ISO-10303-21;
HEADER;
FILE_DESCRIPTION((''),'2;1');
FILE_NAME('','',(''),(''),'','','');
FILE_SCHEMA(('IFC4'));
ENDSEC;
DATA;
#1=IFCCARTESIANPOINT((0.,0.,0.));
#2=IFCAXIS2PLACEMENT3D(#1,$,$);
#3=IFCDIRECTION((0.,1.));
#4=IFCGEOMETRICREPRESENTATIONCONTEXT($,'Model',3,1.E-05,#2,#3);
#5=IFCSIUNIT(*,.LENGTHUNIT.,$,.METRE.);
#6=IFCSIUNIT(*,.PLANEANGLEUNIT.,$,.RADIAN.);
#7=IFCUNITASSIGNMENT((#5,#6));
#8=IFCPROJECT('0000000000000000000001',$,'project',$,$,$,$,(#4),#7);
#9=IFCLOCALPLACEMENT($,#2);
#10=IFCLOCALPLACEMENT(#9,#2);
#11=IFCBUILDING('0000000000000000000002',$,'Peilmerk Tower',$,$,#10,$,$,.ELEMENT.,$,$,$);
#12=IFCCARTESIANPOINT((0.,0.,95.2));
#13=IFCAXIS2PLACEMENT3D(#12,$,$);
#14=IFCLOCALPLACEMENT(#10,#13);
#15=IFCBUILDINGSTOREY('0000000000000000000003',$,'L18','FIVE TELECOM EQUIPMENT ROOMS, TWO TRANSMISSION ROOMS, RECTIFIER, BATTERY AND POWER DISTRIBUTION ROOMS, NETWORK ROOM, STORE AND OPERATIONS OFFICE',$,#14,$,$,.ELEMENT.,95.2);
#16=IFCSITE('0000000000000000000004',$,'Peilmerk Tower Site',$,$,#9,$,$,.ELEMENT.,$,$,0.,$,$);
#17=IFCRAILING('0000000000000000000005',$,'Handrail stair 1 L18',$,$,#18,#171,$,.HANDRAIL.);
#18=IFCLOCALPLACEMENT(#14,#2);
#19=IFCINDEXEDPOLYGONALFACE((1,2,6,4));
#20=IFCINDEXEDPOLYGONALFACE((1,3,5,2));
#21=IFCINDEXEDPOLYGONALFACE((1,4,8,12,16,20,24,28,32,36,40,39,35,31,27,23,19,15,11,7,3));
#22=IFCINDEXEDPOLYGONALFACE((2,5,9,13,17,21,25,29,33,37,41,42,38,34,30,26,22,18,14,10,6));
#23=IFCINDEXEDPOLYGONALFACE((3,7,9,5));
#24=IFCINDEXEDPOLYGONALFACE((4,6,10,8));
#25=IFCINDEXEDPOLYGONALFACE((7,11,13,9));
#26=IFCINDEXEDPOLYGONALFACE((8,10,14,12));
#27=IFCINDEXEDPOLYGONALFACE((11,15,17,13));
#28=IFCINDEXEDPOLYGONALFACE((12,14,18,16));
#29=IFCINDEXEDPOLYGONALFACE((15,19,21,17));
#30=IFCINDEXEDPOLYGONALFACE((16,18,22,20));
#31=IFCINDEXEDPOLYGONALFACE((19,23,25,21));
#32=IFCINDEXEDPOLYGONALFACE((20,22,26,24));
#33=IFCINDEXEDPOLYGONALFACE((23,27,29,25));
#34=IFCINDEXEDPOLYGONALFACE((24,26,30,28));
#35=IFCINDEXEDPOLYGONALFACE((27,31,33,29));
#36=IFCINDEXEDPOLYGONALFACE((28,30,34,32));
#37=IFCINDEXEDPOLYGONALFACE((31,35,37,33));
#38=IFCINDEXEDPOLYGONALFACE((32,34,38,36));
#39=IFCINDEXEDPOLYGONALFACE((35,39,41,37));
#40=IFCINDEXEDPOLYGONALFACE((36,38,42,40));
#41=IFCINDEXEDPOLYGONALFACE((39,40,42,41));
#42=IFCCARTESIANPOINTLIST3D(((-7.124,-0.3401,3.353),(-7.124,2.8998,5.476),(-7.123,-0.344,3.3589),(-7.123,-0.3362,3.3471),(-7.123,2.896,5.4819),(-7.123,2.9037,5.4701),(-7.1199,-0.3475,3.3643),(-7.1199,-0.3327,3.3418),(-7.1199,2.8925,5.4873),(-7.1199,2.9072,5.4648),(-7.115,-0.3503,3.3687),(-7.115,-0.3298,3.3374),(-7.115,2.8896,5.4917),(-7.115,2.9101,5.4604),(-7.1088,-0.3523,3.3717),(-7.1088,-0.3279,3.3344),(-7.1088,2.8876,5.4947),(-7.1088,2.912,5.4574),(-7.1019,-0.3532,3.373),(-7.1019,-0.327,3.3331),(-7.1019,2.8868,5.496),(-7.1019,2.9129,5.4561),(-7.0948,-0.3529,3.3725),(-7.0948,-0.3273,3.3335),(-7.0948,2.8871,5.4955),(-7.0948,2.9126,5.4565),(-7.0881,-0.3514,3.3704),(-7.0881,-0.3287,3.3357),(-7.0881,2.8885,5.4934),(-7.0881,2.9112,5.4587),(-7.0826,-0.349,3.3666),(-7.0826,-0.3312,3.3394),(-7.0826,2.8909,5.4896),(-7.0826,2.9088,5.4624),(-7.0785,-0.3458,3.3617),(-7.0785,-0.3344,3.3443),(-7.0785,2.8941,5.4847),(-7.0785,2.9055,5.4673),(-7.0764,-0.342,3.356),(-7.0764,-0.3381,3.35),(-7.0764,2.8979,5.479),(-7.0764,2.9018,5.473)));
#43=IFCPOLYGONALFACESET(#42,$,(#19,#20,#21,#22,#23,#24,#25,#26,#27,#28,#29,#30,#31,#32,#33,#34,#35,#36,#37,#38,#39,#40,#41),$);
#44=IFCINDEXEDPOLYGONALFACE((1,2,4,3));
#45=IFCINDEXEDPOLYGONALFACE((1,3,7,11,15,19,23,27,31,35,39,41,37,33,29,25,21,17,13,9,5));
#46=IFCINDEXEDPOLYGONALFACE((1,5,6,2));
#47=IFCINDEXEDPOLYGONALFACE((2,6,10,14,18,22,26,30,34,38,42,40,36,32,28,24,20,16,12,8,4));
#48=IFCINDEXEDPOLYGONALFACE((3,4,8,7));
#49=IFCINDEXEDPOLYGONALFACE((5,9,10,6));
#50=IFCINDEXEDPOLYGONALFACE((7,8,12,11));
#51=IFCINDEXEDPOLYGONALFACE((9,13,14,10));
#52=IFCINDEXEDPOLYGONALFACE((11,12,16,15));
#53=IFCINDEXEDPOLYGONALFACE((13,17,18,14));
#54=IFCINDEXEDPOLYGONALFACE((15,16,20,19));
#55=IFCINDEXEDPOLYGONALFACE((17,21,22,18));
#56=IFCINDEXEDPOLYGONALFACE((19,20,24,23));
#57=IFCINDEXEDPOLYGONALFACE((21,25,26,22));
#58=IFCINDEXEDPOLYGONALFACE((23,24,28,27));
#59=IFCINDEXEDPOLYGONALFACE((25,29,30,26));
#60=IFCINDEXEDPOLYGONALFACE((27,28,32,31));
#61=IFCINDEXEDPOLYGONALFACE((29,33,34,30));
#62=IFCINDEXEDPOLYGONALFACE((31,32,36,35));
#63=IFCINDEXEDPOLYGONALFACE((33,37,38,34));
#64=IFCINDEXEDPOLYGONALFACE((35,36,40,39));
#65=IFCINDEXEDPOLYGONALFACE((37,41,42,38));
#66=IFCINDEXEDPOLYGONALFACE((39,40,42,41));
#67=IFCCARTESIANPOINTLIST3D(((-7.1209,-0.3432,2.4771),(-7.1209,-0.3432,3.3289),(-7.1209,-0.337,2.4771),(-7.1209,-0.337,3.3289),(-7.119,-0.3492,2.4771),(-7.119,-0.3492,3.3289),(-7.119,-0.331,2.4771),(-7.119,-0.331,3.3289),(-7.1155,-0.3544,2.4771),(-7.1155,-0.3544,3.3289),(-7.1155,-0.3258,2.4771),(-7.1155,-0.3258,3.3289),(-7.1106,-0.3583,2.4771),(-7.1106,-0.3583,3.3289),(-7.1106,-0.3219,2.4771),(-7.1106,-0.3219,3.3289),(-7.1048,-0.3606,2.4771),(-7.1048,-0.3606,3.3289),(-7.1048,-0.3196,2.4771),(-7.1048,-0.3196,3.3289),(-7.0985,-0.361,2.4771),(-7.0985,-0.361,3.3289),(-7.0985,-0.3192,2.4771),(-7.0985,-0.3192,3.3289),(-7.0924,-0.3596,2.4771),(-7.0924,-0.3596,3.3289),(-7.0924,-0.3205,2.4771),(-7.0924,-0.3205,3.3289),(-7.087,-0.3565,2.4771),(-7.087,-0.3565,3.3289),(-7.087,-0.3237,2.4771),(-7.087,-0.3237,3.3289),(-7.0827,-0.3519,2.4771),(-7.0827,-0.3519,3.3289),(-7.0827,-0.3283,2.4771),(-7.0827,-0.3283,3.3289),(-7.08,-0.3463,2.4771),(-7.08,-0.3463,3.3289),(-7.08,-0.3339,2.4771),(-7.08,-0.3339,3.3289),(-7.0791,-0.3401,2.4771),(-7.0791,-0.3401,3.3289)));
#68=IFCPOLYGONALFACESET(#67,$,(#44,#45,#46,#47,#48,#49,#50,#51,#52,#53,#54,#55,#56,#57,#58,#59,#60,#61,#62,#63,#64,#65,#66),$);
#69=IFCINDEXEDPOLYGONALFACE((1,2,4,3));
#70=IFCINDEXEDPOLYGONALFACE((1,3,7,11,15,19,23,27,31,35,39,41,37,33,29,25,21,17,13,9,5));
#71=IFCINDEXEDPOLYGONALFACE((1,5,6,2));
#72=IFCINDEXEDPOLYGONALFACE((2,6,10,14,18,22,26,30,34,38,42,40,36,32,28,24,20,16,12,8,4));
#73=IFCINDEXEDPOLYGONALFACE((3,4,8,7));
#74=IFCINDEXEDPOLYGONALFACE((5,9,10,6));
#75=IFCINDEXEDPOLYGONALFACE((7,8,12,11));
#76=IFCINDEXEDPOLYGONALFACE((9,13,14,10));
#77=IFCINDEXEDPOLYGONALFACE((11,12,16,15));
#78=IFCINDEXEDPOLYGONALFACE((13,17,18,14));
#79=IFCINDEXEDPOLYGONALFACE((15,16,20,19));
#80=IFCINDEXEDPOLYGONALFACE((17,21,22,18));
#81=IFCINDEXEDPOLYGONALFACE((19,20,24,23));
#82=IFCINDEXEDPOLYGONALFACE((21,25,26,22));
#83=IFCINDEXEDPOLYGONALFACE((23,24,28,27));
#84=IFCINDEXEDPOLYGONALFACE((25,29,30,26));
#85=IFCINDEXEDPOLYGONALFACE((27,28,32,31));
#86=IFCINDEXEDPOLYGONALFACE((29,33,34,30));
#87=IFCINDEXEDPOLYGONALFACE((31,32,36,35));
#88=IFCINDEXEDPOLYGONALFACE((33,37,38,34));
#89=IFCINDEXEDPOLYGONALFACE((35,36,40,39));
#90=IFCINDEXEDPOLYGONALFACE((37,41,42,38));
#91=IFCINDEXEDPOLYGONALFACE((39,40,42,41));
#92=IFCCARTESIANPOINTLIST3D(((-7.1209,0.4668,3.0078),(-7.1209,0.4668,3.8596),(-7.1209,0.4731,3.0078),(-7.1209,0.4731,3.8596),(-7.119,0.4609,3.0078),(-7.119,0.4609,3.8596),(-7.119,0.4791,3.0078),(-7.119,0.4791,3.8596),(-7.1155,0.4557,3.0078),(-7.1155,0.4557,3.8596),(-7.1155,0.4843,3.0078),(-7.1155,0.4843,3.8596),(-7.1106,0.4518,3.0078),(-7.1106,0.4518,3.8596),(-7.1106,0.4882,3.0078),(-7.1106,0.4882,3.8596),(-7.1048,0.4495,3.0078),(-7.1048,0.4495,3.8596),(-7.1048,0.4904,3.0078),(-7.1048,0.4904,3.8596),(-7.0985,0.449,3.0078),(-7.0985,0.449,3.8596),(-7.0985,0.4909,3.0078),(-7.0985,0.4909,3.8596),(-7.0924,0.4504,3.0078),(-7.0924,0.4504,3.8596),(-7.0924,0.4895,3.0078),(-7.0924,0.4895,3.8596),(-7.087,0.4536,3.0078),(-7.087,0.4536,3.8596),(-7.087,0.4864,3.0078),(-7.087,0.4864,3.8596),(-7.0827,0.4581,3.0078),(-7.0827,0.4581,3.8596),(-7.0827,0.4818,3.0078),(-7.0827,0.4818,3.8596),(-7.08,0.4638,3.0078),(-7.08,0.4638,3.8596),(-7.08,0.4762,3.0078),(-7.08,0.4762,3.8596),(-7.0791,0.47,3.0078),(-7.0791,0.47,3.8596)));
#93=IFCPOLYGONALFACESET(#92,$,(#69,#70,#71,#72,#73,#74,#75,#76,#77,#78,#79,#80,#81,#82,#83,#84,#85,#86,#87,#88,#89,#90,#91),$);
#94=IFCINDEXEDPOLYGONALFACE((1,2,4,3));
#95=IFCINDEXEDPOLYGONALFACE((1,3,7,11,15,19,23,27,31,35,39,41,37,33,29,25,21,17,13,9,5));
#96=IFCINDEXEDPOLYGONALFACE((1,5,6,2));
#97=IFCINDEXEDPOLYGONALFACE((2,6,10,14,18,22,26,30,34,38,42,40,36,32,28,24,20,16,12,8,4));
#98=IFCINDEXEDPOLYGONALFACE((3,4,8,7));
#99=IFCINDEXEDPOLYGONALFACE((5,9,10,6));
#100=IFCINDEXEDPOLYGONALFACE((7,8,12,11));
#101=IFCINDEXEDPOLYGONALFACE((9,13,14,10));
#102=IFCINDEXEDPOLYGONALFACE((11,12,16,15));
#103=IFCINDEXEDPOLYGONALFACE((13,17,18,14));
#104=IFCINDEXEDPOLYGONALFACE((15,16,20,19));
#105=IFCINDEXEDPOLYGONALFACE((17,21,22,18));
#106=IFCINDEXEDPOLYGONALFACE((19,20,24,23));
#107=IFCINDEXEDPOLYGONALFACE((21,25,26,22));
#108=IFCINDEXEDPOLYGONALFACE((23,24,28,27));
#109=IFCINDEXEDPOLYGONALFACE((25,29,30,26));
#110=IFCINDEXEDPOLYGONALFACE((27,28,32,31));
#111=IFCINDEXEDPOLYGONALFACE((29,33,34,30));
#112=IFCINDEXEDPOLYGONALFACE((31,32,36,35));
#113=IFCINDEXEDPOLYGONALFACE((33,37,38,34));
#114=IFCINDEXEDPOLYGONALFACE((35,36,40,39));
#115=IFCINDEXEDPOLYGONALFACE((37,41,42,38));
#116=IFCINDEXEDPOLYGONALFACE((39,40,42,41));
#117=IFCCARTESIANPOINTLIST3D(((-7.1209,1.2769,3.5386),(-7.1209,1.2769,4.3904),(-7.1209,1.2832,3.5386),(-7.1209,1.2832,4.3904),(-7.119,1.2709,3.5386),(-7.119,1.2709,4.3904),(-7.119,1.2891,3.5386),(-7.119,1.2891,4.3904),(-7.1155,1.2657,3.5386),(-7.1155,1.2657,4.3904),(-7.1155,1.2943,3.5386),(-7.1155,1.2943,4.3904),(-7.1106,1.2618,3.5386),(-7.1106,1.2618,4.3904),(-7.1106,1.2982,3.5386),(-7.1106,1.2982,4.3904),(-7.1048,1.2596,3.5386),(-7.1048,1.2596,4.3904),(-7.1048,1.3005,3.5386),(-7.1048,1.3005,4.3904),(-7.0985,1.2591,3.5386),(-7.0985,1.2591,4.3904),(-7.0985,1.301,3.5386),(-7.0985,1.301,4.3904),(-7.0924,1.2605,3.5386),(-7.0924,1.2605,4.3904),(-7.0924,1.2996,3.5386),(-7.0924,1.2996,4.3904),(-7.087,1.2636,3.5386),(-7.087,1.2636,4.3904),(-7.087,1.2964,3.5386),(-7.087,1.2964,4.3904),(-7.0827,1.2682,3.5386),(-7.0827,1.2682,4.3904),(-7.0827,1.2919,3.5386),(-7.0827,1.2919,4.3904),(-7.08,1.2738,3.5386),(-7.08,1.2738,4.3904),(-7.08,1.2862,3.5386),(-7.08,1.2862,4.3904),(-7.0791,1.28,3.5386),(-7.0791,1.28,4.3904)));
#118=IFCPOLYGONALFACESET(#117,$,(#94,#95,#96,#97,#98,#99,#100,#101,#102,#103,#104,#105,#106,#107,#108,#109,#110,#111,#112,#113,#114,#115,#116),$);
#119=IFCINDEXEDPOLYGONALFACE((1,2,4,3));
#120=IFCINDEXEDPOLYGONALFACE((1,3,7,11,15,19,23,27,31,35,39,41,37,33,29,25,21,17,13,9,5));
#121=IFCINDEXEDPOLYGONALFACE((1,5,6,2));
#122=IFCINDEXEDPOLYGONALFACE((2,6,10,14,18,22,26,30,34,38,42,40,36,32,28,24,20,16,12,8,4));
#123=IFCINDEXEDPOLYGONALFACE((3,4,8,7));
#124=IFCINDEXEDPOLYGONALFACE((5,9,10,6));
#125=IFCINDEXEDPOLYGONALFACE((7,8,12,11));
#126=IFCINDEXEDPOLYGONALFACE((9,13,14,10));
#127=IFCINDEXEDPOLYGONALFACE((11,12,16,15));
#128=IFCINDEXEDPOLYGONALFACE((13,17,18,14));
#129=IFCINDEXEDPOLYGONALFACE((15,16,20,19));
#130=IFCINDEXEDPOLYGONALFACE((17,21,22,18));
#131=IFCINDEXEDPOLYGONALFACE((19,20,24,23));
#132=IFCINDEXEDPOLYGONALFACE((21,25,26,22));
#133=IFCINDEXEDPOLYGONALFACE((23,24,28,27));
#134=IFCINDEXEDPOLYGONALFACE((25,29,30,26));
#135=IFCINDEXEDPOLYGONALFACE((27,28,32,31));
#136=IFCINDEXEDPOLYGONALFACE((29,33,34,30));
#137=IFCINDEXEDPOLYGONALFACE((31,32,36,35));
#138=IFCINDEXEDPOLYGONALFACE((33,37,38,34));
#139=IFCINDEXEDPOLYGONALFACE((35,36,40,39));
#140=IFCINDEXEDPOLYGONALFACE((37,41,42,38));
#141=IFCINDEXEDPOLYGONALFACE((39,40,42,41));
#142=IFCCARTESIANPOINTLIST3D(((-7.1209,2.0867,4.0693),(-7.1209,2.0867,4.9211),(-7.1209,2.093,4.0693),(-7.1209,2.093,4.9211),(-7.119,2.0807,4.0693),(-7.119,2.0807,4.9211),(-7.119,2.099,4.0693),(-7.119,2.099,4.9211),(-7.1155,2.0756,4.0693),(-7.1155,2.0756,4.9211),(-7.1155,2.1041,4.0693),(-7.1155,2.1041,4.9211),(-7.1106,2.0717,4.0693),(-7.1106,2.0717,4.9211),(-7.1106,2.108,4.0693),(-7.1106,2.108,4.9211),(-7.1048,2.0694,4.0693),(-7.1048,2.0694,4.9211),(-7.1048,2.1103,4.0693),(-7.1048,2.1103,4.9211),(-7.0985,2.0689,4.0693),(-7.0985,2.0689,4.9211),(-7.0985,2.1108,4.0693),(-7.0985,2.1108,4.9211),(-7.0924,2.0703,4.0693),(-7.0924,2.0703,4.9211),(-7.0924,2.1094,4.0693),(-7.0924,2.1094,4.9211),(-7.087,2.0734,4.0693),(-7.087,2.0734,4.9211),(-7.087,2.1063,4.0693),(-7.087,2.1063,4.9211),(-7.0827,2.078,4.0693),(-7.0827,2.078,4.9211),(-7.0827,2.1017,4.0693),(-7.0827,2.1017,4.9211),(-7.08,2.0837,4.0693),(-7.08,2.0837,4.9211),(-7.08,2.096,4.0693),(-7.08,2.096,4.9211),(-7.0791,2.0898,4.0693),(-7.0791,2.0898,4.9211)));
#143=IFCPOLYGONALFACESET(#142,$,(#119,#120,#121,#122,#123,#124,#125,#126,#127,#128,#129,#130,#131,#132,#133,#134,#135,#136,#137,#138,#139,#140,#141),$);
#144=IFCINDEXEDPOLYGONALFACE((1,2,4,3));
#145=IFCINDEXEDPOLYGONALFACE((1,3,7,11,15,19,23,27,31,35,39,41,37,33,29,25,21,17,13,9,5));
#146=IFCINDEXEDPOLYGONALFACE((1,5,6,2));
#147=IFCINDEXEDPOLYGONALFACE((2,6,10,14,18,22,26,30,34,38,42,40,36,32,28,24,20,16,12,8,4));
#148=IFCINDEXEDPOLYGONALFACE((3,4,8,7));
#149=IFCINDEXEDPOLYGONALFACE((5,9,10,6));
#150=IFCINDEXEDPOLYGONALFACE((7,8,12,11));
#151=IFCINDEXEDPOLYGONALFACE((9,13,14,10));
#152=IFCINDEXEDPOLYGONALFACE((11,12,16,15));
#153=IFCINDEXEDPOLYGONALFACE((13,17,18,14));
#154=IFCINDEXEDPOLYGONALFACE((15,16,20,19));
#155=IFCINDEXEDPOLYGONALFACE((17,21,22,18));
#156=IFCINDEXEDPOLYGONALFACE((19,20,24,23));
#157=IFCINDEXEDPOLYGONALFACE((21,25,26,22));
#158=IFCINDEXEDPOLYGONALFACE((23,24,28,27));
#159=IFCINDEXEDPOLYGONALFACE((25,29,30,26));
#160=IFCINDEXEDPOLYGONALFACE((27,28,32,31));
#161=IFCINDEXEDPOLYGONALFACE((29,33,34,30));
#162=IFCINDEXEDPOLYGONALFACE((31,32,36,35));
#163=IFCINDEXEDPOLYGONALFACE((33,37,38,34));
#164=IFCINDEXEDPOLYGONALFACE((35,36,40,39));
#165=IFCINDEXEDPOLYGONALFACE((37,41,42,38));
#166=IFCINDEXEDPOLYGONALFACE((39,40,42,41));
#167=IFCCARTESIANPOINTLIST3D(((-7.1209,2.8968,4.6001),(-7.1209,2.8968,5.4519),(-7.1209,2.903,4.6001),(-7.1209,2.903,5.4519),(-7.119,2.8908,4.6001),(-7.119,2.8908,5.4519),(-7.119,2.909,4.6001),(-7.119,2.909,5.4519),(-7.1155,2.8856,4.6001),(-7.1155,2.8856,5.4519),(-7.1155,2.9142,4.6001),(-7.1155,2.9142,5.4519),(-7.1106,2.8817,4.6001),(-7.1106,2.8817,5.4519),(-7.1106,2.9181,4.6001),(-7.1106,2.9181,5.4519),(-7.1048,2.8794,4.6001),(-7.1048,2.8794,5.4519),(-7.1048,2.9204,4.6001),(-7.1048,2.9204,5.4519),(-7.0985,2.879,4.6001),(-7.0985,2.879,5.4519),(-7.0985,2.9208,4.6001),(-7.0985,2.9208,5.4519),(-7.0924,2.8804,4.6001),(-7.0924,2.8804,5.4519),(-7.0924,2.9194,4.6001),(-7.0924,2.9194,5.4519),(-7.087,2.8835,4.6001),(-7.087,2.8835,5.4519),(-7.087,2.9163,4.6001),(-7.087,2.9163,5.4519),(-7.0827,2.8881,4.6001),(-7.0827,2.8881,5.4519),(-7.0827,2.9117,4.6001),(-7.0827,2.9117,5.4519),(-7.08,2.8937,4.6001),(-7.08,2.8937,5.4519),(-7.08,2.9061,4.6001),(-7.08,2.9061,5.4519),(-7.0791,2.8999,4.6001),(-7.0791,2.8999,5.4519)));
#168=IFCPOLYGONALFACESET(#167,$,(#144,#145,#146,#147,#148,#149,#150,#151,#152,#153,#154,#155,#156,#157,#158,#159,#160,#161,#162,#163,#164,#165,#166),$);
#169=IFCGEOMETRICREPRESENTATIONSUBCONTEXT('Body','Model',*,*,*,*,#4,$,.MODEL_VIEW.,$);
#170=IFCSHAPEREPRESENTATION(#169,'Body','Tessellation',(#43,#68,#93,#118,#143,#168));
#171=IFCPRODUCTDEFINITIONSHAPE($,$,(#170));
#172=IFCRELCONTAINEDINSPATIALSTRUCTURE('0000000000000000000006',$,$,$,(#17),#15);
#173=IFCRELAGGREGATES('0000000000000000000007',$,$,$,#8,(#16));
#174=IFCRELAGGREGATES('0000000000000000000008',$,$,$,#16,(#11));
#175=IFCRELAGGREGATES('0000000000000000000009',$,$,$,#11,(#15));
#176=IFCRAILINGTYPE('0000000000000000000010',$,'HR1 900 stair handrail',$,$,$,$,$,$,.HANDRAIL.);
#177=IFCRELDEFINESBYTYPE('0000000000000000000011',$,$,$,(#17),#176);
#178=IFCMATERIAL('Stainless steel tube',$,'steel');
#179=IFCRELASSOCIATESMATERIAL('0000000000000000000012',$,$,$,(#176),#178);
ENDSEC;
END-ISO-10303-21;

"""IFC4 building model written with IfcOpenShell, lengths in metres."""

from ifc_helpers import new_model, si_unit, direction, frame, origin, origin_2d, place, context, subcontext, project, spatial, circle, extrude, material, type_object, element, save


model = new_model("IFC4")

# Units and contexts
model_context = context("Model", 3, precision=1e-05, world=origin(), true_north=direction((0.0, 1.0)))
body_context = subcontext(model_context, "Body", "Model", "MODEL_VIEW")
ifc_project = project(units=[si_unit("LENGTHUNIT", "METRE"), si_unit("PLANEANGLEUNIT", "RADIAN")], contexts=[model_context])

# Site, building, storey
site_placement = place(None, origin())
site = spatial("IfcSite", under=ifc_project, at=site_placement, Name="Peilmerk Tower Site", CompositionType="ELEMENT", RefElevation=0.0)
building_placement = place(site_placement, origin())
building = spatial("IfcBuilding", under=site, at=building_placement, Name="Peilmerk Tower", CompositionType="ELEMENT")
storey_placement = place(building_placement, frame((0.0, 0.0, 95.2)))
storey = spatial("IfcBuildingStorey", under=building, at=storey_placement, Name="L18", Description="FIVE TELECOM EQUIPMENT ROOMS, TWO TRANSMISSION ROOMS, RECTIFIER, BATTERY AND POWER DISTRIBUTION ROOMS, NETWORK ROOM, STORE AND OPERATIONS OFFICE", CompositionType="ELEMENT", Elevation=95.2)

# Railing
ifc_material_1 = material(Name="Stainless steel tube", Category="steel")
railing_type_1 = type_object("IfcRailingType", Name="HR1 900 stair handrail", PredefinedType="HANDRAIL", material=ifc_material_1)
railing_1_placement = place(storey_placement, frame((-7.1001, -0.3401, 2.4771)))
element("IfcRailing", 1, at=railing_1_placement, inside=storey, type_object=railing_type_1, Name="Handrail stair 1 L18", PredefinedType="HANDRAIL", context=body_context, shape_type="SweptSolid", body=[
    extrude(circle(Radius=0.0239, at=origin_2d()), frame((0.0, 0.0, 0.876), z_axis=(0.0, 0.836426, 0.548079), x_axis=(-1.0, 0.0, 0.0)), (0.0, 0.0, 1.0), 3.8735),
    extrude(circle(Radius=0.021, at=origin_2d()), origin(), (0.0, 0.0, 1.0), 0.8518),
    extrude(circle(Radius=0.021, at=origin_2d()), frame((0.0, 0.8101, 0.5308)), (0.0, 0.0, 1.0), 0.8518),
    extrude(circle(Radius=0.021, at=origin_2d()), frame((0.0, 1.6201, 1.0615)), (0.0, 0.0, 1.0), 0.8518),
    extrude(circle(Radius=0.021, at=origin_2d()), frame((0.0, 2.4299, 1.5923)), (0.0, 0.0, 1.0), 0.8518),
    extrude(circle(Radius=0.021, at=origin_2d()), frame((0.0, 3.24, 2.123)), (0.0, 0.0, 1.0), 0.8518),
])

save(model, "model.ifc")
